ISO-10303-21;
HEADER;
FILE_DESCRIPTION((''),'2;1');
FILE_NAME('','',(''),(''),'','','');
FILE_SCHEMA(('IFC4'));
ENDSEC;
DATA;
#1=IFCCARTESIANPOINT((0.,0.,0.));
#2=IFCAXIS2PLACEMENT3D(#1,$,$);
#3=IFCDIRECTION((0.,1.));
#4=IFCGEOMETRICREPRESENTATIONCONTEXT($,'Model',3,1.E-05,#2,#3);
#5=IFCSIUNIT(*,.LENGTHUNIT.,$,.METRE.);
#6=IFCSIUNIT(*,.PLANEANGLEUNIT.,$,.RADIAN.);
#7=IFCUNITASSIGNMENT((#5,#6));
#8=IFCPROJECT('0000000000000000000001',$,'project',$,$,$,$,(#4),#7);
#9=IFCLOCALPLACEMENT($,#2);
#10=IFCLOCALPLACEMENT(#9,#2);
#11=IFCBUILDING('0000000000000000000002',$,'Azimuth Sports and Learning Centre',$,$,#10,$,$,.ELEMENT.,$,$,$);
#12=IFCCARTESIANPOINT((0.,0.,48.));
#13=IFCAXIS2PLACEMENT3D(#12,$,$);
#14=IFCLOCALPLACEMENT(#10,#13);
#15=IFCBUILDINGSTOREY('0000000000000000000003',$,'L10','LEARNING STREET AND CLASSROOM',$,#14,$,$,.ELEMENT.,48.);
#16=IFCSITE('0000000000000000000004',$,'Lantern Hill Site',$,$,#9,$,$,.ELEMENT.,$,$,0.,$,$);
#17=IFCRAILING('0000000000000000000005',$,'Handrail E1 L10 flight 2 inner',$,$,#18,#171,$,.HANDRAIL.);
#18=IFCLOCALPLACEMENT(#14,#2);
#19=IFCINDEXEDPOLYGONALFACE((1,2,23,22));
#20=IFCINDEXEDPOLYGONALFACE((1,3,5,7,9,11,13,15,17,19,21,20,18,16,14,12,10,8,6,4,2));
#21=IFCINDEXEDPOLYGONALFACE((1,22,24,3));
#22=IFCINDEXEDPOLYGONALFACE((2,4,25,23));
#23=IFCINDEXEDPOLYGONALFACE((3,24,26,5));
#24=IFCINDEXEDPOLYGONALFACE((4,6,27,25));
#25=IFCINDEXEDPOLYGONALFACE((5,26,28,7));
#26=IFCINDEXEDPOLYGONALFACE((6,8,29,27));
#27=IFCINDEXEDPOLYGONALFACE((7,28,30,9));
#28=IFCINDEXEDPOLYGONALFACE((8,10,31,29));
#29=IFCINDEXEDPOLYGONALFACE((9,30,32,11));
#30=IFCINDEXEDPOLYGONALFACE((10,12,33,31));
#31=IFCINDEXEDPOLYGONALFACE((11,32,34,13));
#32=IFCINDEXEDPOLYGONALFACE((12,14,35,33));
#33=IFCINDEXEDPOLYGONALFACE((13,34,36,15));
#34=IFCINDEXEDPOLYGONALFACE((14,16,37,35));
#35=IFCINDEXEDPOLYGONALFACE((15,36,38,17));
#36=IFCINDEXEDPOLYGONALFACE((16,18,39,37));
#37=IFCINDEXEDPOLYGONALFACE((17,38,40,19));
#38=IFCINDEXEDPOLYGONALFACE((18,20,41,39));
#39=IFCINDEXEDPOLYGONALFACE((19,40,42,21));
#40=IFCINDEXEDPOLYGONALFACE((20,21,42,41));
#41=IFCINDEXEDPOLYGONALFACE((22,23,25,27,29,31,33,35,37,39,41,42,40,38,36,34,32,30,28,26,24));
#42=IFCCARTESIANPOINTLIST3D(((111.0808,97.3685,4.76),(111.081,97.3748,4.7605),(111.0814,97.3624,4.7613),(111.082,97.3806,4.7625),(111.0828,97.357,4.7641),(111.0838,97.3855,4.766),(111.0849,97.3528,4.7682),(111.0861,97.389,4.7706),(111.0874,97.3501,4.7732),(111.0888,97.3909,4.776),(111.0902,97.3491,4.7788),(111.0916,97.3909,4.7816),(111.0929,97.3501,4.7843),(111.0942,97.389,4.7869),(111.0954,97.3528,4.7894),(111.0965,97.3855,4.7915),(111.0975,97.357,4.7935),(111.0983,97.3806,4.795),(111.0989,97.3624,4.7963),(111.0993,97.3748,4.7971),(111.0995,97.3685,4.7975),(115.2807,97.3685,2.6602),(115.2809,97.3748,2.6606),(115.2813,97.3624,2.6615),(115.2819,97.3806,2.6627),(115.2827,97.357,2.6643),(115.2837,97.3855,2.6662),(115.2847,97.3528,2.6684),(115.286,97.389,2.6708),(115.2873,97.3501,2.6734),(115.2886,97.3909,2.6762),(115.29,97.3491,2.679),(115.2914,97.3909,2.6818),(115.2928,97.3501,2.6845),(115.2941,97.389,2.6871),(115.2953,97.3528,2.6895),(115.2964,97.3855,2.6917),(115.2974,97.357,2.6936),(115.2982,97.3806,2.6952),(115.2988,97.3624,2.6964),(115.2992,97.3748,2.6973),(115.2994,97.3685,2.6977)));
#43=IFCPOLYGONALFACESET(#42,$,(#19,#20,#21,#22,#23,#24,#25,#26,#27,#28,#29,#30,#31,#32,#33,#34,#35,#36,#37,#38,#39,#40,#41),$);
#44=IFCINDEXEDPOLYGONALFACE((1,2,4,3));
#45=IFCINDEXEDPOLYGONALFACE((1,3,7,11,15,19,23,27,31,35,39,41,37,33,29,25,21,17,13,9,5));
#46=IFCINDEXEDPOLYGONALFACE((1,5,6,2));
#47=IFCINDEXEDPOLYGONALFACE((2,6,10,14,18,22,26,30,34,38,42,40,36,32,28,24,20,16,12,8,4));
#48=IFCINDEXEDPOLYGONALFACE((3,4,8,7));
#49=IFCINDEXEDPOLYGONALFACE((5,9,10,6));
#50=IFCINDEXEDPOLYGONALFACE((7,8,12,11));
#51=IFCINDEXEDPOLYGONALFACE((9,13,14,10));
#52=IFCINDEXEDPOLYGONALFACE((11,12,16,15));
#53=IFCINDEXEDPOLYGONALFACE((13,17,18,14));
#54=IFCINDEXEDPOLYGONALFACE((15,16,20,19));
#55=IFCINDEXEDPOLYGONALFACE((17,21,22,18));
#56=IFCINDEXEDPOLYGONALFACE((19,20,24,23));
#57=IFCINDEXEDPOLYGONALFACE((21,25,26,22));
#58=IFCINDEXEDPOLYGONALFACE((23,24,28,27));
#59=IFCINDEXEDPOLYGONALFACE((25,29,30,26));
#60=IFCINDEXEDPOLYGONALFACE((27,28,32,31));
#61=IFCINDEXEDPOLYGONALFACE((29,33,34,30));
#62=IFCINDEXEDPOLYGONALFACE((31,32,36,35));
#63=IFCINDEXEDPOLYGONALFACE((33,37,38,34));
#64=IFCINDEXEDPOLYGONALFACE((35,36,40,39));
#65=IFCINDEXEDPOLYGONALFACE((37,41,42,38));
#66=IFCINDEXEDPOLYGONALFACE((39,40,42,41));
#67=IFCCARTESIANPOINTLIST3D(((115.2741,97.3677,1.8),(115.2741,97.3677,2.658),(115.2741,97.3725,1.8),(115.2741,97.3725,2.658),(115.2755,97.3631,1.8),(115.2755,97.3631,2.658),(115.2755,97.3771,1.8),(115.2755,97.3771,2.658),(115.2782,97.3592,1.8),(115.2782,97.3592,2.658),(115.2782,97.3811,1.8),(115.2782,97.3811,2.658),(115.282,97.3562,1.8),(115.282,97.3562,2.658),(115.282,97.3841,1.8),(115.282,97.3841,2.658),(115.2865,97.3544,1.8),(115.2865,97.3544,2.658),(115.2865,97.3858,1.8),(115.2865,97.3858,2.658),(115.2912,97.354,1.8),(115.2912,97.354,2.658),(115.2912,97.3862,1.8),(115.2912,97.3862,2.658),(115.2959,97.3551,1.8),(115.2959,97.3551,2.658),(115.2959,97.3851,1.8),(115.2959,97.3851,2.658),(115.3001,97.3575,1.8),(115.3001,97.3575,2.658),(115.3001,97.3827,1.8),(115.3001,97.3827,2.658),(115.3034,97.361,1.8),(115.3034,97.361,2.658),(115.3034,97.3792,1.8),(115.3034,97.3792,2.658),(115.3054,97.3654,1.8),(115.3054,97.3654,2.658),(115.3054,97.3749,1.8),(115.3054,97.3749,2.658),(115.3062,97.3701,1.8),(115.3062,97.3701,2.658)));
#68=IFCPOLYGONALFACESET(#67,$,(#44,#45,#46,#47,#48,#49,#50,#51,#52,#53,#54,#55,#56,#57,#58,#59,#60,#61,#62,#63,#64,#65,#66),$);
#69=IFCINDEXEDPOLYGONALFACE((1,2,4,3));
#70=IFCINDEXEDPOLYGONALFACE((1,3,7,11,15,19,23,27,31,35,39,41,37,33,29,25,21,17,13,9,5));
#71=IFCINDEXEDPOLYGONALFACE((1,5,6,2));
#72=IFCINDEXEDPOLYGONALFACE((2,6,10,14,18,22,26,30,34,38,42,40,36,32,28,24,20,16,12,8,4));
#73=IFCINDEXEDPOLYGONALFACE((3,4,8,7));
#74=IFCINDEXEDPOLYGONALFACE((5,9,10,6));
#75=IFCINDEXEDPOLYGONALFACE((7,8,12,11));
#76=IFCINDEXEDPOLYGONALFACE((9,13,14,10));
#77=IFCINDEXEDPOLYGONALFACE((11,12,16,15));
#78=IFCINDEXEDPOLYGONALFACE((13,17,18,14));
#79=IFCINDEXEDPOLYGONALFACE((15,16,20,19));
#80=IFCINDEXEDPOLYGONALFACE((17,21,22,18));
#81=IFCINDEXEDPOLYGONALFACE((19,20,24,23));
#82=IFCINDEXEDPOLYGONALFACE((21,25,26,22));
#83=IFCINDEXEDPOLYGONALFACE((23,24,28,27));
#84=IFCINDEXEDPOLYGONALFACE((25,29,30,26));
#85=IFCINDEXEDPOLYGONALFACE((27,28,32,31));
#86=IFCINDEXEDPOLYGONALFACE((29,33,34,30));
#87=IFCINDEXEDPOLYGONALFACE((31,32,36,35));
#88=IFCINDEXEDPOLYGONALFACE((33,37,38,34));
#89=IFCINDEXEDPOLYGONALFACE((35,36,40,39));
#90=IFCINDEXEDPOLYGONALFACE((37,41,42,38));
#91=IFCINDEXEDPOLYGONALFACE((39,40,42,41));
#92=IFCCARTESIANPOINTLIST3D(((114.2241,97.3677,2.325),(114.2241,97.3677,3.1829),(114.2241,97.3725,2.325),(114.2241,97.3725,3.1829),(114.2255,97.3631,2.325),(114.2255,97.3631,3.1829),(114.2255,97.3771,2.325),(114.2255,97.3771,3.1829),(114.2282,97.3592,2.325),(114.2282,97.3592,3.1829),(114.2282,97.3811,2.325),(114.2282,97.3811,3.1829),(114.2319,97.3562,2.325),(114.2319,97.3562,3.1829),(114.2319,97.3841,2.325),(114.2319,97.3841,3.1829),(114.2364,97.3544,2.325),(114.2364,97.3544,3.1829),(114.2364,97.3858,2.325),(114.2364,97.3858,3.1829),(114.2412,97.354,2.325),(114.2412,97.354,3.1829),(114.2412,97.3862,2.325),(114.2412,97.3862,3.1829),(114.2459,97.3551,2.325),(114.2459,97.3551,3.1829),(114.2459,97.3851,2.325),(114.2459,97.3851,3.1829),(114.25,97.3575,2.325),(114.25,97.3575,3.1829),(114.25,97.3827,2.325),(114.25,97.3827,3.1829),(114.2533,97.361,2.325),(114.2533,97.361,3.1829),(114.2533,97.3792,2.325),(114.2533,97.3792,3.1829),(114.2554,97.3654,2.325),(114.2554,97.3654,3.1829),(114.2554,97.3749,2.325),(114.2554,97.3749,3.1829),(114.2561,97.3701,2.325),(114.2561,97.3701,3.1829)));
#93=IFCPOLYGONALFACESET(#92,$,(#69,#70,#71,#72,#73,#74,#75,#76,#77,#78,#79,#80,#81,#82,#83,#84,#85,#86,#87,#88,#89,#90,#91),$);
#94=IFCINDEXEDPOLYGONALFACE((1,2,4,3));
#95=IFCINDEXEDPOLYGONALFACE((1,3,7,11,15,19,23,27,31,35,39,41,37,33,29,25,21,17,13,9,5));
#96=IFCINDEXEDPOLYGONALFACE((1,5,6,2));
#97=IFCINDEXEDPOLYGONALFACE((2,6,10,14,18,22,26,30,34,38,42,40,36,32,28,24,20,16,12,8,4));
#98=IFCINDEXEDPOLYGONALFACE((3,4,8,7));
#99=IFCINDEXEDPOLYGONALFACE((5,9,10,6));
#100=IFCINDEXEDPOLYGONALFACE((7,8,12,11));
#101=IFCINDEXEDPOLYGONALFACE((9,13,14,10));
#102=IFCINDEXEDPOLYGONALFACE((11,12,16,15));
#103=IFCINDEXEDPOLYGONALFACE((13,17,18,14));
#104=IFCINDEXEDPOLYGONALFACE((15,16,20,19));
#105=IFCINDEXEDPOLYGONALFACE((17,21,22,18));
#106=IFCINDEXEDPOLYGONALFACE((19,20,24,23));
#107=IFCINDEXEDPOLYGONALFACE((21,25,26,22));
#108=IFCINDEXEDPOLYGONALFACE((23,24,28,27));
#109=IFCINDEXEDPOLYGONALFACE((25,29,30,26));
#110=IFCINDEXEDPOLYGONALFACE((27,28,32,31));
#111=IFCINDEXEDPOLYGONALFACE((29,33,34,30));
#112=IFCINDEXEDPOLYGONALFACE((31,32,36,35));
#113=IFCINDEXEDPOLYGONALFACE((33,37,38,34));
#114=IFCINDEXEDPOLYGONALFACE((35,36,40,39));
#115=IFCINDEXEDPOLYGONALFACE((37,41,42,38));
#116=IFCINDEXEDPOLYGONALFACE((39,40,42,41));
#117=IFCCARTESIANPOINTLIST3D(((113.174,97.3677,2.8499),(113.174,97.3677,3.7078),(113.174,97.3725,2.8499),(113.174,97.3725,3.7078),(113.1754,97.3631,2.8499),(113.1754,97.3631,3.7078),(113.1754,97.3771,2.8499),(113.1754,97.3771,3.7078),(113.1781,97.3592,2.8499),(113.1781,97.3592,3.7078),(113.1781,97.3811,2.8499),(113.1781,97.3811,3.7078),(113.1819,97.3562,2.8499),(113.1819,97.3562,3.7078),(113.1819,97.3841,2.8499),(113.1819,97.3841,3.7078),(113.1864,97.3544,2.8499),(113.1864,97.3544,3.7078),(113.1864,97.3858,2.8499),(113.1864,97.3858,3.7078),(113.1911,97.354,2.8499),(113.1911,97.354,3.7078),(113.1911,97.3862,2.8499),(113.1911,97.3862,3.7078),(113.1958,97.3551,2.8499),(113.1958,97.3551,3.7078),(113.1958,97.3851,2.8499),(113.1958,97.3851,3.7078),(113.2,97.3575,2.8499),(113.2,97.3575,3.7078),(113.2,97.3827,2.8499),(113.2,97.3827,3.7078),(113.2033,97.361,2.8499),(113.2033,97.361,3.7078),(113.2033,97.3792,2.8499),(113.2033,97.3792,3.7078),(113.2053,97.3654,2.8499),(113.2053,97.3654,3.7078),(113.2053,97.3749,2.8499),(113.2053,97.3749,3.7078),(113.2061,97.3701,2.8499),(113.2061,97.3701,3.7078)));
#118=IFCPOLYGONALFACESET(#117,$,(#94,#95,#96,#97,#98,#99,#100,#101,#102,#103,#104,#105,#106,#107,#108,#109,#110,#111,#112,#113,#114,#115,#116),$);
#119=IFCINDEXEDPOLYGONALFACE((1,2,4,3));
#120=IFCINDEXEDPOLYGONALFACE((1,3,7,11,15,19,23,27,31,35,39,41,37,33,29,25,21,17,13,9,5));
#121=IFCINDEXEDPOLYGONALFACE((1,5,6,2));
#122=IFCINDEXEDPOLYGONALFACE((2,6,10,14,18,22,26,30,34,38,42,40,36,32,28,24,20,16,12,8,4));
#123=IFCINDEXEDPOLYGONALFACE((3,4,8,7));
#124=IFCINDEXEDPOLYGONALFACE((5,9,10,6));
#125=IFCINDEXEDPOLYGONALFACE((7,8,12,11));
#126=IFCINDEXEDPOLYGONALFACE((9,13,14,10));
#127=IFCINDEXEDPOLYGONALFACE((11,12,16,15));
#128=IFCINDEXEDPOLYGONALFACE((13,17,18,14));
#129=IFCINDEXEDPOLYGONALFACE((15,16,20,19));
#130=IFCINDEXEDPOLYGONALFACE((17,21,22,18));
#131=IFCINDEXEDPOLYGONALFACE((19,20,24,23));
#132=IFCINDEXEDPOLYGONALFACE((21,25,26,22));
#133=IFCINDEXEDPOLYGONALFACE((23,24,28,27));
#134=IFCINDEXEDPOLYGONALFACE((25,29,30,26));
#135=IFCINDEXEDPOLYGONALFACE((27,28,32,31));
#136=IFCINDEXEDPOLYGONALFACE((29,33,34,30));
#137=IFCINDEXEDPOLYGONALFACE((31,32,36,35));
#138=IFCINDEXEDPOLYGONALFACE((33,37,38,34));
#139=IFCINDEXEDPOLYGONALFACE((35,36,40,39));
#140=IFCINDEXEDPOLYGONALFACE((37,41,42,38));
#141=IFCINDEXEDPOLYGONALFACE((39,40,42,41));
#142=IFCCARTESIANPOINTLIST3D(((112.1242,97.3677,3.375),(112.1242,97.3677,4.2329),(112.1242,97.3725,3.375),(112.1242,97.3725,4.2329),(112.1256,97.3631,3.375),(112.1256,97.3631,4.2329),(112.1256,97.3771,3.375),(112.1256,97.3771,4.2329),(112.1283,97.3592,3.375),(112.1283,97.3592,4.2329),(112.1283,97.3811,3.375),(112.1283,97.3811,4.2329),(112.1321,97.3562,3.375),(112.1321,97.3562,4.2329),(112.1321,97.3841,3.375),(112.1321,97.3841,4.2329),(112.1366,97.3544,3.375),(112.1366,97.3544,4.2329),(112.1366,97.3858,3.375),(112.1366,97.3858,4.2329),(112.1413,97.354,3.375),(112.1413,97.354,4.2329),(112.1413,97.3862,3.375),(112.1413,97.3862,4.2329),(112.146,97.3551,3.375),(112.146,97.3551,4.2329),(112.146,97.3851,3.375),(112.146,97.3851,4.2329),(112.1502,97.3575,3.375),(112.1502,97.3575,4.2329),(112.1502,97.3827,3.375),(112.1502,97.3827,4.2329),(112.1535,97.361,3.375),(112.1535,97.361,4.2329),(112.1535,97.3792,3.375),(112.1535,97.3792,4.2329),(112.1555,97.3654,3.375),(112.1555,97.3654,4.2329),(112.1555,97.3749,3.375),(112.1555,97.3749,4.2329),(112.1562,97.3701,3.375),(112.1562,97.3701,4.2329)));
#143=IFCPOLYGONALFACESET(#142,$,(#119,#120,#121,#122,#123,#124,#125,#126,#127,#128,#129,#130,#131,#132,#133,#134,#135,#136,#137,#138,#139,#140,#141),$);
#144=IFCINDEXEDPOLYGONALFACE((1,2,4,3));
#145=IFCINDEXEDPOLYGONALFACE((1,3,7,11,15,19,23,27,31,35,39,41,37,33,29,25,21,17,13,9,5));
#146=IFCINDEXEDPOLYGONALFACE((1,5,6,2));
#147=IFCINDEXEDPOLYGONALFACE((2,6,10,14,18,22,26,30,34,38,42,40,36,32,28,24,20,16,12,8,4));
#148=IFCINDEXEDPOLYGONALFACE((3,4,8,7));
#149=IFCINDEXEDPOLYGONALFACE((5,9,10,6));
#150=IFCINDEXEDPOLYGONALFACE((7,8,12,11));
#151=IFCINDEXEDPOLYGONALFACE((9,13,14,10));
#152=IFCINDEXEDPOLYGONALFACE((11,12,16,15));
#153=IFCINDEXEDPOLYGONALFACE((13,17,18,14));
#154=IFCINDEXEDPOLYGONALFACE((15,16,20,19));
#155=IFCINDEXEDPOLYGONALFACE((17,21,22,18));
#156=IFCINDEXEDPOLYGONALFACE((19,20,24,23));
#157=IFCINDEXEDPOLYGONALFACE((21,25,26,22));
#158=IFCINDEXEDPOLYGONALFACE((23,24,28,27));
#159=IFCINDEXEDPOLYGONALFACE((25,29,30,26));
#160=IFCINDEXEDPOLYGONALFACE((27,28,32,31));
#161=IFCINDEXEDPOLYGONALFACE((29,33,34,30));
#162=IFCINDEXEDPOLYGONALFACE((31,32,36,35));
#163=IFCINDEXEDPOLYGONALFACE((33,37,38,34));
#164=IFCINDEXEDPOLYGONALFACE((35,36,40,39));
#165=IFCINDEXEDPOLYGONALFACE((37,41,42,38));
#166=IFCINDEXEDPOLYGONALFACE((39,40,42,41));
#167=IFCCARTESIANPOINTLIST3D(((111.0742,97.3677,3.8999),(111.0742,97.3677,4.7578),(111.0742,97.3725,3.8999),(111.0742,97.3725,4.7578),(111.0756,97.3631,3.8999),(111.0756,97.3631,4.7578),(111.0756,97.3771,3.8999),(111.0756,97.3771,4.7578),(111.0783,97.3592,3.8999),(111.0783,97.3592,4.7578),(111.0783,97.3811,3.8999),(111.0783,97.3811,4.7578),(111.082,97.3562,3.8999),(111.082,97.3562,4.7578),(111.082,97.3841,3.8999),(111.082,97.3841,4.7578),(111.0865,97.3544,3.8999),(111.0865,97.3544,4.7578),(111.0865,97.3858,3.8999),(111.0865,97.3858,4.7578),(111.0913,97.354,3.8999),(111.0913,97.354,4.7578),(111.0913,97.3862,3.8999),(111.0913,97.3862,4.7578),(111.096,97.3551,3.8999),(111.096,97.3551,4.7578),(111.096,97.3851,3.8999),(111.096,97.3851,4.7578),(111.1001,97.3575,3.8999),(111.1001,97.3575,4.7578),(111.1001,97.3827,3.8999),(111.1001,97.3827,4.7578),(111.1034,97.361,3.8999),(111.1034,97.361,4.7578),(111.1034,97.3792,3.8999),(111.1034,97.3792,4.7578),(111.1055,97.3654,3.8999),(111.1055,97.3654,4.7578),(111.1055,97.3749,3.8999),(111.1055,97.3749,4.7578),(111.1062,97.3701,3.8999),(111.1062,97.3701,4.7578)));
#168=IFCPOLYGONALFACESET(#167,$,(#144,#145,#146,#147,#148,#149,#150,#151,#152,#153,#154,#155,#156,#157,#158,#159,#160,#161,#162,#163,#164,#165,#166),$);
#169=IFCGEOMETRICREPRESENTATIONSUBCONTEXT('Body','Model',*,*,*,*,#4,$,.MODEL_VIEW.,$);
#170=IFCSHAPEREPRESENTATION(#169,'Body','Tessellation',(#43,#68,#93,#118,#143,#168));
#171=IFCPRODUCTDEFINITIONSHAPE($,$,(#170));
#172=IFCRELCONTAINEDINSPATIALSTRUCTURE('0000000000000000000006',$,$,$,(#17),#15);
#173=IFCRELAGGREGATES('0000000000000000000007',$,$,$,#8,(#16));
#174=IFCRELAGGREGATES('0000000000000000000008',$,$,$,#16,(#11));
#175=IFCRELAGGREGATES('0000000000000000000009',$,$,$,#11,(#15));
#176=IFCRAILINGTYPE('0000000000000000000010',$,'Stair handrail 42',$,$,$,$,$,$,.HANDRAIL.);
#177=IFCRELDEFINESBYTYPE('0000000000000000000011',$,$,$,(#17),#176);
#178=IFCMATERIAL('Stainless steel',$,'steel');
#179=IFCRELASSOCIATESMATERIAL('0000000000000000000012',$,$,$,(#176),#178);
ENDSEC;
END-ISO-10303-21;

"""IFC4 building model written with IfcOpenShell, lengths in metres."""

from ifc_helpers import new_model, si_unit, direction, frame, origin, origin_2d, place, context, subcontext, project, spatial, circle, extrude, material, type_object, element, save


model = new_model("IFC4")

# Units and contexts
model_context = context("Model", 3, precision=1e-05, world=origin(), true_north=direction((0.0, 1.0)))
body_context = subcontext(model_context, "Body", "Model", "MODEL_VIEW")
ifc_project = project(units=[si_unit("LENGTHUNIT", "METRE"), si_unit("PLANEANGLEUNIT", "RADIAN")], contexts=[model_context])

# Site, building, storey
site_placement = place(None, origin())
site = spatial("IfcSite", under=ifc_project, at=site_placement, Name="Lantern Hill Site", CompositionType="ELEMENT", RefElevation=0.0)
building_placement = place(site_placement, origin())
building = spatial("IfcBuilding", under=site, at=building_placement, Name="Azimuth Sports and Learning Centre", CompositionType="ELEMENT")
storey_placement = place(building_placement, frame((0.0, 0.0, 48.0)))
storey = spatial("IfcBuildingStorey", under=building, at=storey_placement, Name="L10", Description="LEARNING STREET AND CLASSROOM", CompositionType="ELEMENT", Elevation=48.0)

# Railing
ifc_material_1 = material(Name="Stainless steel", Category="steel")
railing_type_1 = type_object("IfcRailingType", Name="Stair handrail 42", PredefinedType="HANDRAIL", material=ifc_material_1)
for number, where, name in (
    (1, (115.29, 97.3701, 1.8), "Handrail E1 L10 flight 2 inner"),
):
    element("IfcRailing", number, at=place(storey_placement, frame(where)), inside=storey, type_object=railing_type_1, Name=name, PredefinedType="HANDRAIL", context=body_context, shape_type="SweptSolid", body=[
        extrude(circle(Radius=0.021, at=origin_2d()), frame((0.0, 0.0, 0.8789), z_axis=(-0.894438, 0.0, 0.447193), x_axis=(0.0, -1.0, 0.0)), (0.0, 0.0, 1.0), 4.6956),
        extrude(circle(Radius=0.0161, at=origin_2d()), origin(), (0.0, 0.0, 1.0), 0.8579),
        extrude(circle(Radius=0.0161, at=origin_2d()), frame((-1.05, 0.0, 0.5249)), (0.0, 0.0, 1.0), 0.8579),
        extrude(circle(Radius=0.0161, at=origin_2d()), frame((-2.1001, 0.0, 1.0498)), (0.0, 0.0, 1.0), 0.8579),
        extrude(circle(Radius=0.0161, at=origin_2d()), frame((-3.1499, 0.0, 1.575)), (0.0, 0.0, 1.0), 0.8579),
        extrude(circle(Radius=0.0161, at=origin_2d()), frame((-4.2, 0.0, 2.0999)), (0.0, 0.0, 1.0), 0.8579),
    ])

save(model, "model.ifc")
